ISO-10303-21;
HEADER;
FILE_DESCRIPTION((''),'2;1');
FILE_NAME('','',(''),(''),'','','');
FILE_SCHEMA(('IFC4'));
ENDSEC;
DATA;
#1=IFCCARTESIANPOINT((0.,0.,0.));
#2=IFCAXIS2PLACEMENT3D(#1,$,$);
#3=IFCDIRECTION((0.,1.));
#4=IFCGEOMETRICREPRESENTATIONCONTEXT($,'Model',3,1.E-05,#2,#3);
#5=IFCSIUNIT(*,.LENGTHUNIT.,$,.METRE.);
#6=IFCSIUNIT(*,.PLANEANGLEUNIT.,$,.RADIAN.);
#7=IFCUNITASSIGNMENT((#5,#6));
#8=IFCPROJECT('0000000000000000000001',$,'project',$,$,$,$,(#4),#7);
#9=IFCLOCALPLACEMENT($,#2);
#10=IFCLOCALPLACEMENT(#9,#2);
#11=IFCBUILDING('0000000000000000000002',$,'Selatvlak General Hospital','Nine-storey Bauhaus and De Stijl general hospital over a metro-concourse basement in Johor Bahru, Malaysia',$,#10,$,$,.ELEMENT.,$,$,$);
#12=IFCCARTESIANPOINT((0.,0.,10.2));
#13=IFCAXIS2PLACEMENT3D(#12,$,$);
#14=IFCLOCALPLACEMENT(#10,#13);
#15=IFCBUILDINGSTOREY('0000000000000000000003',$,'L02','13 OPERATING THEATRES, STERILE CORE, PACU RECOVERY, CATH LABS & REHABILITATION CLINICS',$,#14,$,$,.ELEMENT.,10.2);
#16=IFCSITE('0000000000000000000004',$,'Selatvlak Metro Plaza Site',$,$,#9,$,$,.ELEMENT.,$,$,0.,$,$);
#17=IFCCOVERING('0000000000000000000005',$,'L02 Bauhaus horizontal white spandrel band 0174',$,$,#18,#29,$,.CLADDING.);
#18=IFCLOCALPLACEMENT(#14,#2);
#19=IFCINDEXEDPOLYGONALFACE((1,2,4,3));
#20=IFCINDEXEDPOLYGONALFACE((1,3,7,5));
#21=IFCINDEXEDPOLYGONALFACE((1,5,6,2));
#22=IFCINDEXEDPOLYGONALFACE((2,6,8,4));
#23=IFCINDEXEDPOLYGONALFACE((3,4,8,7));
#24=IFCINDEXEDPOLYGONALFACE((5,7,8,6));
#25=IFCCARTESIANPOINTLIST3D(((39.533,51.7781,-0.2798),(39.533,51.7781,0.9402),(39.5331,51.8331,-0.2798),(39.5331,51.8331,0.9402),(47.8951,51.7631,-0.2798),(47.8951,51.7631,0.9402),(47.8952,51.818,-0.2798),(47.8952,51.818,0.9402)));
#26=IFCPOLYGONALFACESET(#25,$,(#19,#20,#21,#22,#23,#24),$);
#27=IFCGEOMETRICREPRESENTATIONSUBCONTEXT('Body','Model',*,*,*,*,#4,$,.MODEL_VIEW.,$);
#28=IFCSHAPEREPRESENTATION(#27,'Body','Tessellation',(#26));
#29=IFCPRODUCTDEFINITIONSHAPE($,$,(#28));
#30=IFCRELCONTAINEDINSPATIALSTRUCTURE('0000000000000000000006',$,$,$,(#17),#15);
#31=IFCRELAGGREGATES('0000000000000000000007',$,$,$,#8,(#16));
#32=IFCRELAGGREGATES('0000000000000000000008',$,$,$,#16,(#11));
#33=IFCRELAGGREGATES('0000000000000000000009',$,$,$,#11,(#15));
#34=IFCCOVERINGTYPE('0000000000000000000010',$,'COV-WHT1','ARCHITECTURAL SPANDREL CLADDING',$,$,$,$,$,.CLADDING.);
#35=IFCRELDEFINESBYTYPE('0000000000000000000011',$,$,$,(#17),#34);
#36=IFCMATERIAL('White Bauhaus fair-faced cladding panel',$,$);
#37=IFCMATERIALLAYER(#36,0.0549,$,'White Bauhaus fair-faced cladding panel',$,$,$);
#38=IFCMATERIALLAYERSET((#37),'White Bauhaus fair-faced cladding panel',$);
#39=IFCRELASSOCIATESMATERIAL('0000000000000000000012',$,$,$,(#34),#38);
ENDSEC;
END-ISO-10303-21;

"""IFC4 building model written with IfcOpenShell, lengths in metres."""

from ifc_helpers import new_model, si_unit, direction, frame, origin, origin_2d, place, context, subcontext, project, spatial, rectangle, extrude, material, layer, layer_set, type_object, element, save


model = new_model("IFC4")

# Units and contexts
model_context = context("Model", 3, precision=1e-05, world=origin(), true_north=direction((0.0, 1.0)))
body_context = subcontext(model_context, "Body", "Model", "MODEL_VIEW")
ifc_project = project(units=[si_unit("LENGTHUNIT", "METRE"), si_unit("PLANEANGLEUNIT", "RADIAN")], contexts=[model_context])

# Site, building, storey
site_placement = place(None, origin())
site = spatial("IfcSite", under=ifc_project, at=site_placement, Name="Selatvlak Metro Plaza Site", CompositionType="ELEMENT", RefElevation=0.0)
building_placement = place(site_placement, origin())
building = spatial("IfcBuilding", under=site, at=building_placement, Name="Selatvlak General Hospital", Description="Nine-storey Bauhaus and De Stijl general hospital over a metro-concourse basement in Johor Bahru, Malaysia", CompositionType="ELEMENT")
storey_placement = place(building_placement, frame((0.0, 0.0, 10.2)))
storey = spatial("IfcBuildingStorey", under=building, at=storey_placement, Name="L02", Description="13 OPERATING THEATRES, STERILE CORE, PACU RECOVERY, CATH LABS & REHABILITATION CLINICS", CompositionType="ELEMENT", Elevation=10.2)

# Covering
ifc_material_1 = material(Name="White Bauhaus fair-faced cladding panel")
ifc_layer_1 = layer(ifc_material_1, 0.0549, Name="White Bauhaus fair-faced cladding panel")
ifc_layer_set_1 = layer_set([ifc_layer_1], Name="White Bauhaus fair-faced cladding panel")
covering_type_1 = type_object("IfcCoveringType", Name="COV-WHT1", Description="ARCHITECTURAL SPANDREL CLADDING", PredefinedType="CLADDING", material=ifc_layer_set_1)
covering_1_placement = place(storey_placement, frame((43.7141, 51.7981, -0.2798), z_axis=(0.0, 0.0, 1.0), x_axis=(-0.999998, 0.001798, 0.0)))
element("IfcCovering", 1, at=covering_1_placement, inside=storey, type_object=covering_type_1, Name="L02 Bauhaus horizontal white spandrel band 0174", PredefinedType="CLADDING", context=body_context, shape_type="SweptSolid", body=[
    extrude(rectangle(XDim=8.3621, YDim=0.0549, at=origin_2d()), origin(), (0.0, 0.0, 1.0), 1.22),
])

save(model, "model.ifc")
